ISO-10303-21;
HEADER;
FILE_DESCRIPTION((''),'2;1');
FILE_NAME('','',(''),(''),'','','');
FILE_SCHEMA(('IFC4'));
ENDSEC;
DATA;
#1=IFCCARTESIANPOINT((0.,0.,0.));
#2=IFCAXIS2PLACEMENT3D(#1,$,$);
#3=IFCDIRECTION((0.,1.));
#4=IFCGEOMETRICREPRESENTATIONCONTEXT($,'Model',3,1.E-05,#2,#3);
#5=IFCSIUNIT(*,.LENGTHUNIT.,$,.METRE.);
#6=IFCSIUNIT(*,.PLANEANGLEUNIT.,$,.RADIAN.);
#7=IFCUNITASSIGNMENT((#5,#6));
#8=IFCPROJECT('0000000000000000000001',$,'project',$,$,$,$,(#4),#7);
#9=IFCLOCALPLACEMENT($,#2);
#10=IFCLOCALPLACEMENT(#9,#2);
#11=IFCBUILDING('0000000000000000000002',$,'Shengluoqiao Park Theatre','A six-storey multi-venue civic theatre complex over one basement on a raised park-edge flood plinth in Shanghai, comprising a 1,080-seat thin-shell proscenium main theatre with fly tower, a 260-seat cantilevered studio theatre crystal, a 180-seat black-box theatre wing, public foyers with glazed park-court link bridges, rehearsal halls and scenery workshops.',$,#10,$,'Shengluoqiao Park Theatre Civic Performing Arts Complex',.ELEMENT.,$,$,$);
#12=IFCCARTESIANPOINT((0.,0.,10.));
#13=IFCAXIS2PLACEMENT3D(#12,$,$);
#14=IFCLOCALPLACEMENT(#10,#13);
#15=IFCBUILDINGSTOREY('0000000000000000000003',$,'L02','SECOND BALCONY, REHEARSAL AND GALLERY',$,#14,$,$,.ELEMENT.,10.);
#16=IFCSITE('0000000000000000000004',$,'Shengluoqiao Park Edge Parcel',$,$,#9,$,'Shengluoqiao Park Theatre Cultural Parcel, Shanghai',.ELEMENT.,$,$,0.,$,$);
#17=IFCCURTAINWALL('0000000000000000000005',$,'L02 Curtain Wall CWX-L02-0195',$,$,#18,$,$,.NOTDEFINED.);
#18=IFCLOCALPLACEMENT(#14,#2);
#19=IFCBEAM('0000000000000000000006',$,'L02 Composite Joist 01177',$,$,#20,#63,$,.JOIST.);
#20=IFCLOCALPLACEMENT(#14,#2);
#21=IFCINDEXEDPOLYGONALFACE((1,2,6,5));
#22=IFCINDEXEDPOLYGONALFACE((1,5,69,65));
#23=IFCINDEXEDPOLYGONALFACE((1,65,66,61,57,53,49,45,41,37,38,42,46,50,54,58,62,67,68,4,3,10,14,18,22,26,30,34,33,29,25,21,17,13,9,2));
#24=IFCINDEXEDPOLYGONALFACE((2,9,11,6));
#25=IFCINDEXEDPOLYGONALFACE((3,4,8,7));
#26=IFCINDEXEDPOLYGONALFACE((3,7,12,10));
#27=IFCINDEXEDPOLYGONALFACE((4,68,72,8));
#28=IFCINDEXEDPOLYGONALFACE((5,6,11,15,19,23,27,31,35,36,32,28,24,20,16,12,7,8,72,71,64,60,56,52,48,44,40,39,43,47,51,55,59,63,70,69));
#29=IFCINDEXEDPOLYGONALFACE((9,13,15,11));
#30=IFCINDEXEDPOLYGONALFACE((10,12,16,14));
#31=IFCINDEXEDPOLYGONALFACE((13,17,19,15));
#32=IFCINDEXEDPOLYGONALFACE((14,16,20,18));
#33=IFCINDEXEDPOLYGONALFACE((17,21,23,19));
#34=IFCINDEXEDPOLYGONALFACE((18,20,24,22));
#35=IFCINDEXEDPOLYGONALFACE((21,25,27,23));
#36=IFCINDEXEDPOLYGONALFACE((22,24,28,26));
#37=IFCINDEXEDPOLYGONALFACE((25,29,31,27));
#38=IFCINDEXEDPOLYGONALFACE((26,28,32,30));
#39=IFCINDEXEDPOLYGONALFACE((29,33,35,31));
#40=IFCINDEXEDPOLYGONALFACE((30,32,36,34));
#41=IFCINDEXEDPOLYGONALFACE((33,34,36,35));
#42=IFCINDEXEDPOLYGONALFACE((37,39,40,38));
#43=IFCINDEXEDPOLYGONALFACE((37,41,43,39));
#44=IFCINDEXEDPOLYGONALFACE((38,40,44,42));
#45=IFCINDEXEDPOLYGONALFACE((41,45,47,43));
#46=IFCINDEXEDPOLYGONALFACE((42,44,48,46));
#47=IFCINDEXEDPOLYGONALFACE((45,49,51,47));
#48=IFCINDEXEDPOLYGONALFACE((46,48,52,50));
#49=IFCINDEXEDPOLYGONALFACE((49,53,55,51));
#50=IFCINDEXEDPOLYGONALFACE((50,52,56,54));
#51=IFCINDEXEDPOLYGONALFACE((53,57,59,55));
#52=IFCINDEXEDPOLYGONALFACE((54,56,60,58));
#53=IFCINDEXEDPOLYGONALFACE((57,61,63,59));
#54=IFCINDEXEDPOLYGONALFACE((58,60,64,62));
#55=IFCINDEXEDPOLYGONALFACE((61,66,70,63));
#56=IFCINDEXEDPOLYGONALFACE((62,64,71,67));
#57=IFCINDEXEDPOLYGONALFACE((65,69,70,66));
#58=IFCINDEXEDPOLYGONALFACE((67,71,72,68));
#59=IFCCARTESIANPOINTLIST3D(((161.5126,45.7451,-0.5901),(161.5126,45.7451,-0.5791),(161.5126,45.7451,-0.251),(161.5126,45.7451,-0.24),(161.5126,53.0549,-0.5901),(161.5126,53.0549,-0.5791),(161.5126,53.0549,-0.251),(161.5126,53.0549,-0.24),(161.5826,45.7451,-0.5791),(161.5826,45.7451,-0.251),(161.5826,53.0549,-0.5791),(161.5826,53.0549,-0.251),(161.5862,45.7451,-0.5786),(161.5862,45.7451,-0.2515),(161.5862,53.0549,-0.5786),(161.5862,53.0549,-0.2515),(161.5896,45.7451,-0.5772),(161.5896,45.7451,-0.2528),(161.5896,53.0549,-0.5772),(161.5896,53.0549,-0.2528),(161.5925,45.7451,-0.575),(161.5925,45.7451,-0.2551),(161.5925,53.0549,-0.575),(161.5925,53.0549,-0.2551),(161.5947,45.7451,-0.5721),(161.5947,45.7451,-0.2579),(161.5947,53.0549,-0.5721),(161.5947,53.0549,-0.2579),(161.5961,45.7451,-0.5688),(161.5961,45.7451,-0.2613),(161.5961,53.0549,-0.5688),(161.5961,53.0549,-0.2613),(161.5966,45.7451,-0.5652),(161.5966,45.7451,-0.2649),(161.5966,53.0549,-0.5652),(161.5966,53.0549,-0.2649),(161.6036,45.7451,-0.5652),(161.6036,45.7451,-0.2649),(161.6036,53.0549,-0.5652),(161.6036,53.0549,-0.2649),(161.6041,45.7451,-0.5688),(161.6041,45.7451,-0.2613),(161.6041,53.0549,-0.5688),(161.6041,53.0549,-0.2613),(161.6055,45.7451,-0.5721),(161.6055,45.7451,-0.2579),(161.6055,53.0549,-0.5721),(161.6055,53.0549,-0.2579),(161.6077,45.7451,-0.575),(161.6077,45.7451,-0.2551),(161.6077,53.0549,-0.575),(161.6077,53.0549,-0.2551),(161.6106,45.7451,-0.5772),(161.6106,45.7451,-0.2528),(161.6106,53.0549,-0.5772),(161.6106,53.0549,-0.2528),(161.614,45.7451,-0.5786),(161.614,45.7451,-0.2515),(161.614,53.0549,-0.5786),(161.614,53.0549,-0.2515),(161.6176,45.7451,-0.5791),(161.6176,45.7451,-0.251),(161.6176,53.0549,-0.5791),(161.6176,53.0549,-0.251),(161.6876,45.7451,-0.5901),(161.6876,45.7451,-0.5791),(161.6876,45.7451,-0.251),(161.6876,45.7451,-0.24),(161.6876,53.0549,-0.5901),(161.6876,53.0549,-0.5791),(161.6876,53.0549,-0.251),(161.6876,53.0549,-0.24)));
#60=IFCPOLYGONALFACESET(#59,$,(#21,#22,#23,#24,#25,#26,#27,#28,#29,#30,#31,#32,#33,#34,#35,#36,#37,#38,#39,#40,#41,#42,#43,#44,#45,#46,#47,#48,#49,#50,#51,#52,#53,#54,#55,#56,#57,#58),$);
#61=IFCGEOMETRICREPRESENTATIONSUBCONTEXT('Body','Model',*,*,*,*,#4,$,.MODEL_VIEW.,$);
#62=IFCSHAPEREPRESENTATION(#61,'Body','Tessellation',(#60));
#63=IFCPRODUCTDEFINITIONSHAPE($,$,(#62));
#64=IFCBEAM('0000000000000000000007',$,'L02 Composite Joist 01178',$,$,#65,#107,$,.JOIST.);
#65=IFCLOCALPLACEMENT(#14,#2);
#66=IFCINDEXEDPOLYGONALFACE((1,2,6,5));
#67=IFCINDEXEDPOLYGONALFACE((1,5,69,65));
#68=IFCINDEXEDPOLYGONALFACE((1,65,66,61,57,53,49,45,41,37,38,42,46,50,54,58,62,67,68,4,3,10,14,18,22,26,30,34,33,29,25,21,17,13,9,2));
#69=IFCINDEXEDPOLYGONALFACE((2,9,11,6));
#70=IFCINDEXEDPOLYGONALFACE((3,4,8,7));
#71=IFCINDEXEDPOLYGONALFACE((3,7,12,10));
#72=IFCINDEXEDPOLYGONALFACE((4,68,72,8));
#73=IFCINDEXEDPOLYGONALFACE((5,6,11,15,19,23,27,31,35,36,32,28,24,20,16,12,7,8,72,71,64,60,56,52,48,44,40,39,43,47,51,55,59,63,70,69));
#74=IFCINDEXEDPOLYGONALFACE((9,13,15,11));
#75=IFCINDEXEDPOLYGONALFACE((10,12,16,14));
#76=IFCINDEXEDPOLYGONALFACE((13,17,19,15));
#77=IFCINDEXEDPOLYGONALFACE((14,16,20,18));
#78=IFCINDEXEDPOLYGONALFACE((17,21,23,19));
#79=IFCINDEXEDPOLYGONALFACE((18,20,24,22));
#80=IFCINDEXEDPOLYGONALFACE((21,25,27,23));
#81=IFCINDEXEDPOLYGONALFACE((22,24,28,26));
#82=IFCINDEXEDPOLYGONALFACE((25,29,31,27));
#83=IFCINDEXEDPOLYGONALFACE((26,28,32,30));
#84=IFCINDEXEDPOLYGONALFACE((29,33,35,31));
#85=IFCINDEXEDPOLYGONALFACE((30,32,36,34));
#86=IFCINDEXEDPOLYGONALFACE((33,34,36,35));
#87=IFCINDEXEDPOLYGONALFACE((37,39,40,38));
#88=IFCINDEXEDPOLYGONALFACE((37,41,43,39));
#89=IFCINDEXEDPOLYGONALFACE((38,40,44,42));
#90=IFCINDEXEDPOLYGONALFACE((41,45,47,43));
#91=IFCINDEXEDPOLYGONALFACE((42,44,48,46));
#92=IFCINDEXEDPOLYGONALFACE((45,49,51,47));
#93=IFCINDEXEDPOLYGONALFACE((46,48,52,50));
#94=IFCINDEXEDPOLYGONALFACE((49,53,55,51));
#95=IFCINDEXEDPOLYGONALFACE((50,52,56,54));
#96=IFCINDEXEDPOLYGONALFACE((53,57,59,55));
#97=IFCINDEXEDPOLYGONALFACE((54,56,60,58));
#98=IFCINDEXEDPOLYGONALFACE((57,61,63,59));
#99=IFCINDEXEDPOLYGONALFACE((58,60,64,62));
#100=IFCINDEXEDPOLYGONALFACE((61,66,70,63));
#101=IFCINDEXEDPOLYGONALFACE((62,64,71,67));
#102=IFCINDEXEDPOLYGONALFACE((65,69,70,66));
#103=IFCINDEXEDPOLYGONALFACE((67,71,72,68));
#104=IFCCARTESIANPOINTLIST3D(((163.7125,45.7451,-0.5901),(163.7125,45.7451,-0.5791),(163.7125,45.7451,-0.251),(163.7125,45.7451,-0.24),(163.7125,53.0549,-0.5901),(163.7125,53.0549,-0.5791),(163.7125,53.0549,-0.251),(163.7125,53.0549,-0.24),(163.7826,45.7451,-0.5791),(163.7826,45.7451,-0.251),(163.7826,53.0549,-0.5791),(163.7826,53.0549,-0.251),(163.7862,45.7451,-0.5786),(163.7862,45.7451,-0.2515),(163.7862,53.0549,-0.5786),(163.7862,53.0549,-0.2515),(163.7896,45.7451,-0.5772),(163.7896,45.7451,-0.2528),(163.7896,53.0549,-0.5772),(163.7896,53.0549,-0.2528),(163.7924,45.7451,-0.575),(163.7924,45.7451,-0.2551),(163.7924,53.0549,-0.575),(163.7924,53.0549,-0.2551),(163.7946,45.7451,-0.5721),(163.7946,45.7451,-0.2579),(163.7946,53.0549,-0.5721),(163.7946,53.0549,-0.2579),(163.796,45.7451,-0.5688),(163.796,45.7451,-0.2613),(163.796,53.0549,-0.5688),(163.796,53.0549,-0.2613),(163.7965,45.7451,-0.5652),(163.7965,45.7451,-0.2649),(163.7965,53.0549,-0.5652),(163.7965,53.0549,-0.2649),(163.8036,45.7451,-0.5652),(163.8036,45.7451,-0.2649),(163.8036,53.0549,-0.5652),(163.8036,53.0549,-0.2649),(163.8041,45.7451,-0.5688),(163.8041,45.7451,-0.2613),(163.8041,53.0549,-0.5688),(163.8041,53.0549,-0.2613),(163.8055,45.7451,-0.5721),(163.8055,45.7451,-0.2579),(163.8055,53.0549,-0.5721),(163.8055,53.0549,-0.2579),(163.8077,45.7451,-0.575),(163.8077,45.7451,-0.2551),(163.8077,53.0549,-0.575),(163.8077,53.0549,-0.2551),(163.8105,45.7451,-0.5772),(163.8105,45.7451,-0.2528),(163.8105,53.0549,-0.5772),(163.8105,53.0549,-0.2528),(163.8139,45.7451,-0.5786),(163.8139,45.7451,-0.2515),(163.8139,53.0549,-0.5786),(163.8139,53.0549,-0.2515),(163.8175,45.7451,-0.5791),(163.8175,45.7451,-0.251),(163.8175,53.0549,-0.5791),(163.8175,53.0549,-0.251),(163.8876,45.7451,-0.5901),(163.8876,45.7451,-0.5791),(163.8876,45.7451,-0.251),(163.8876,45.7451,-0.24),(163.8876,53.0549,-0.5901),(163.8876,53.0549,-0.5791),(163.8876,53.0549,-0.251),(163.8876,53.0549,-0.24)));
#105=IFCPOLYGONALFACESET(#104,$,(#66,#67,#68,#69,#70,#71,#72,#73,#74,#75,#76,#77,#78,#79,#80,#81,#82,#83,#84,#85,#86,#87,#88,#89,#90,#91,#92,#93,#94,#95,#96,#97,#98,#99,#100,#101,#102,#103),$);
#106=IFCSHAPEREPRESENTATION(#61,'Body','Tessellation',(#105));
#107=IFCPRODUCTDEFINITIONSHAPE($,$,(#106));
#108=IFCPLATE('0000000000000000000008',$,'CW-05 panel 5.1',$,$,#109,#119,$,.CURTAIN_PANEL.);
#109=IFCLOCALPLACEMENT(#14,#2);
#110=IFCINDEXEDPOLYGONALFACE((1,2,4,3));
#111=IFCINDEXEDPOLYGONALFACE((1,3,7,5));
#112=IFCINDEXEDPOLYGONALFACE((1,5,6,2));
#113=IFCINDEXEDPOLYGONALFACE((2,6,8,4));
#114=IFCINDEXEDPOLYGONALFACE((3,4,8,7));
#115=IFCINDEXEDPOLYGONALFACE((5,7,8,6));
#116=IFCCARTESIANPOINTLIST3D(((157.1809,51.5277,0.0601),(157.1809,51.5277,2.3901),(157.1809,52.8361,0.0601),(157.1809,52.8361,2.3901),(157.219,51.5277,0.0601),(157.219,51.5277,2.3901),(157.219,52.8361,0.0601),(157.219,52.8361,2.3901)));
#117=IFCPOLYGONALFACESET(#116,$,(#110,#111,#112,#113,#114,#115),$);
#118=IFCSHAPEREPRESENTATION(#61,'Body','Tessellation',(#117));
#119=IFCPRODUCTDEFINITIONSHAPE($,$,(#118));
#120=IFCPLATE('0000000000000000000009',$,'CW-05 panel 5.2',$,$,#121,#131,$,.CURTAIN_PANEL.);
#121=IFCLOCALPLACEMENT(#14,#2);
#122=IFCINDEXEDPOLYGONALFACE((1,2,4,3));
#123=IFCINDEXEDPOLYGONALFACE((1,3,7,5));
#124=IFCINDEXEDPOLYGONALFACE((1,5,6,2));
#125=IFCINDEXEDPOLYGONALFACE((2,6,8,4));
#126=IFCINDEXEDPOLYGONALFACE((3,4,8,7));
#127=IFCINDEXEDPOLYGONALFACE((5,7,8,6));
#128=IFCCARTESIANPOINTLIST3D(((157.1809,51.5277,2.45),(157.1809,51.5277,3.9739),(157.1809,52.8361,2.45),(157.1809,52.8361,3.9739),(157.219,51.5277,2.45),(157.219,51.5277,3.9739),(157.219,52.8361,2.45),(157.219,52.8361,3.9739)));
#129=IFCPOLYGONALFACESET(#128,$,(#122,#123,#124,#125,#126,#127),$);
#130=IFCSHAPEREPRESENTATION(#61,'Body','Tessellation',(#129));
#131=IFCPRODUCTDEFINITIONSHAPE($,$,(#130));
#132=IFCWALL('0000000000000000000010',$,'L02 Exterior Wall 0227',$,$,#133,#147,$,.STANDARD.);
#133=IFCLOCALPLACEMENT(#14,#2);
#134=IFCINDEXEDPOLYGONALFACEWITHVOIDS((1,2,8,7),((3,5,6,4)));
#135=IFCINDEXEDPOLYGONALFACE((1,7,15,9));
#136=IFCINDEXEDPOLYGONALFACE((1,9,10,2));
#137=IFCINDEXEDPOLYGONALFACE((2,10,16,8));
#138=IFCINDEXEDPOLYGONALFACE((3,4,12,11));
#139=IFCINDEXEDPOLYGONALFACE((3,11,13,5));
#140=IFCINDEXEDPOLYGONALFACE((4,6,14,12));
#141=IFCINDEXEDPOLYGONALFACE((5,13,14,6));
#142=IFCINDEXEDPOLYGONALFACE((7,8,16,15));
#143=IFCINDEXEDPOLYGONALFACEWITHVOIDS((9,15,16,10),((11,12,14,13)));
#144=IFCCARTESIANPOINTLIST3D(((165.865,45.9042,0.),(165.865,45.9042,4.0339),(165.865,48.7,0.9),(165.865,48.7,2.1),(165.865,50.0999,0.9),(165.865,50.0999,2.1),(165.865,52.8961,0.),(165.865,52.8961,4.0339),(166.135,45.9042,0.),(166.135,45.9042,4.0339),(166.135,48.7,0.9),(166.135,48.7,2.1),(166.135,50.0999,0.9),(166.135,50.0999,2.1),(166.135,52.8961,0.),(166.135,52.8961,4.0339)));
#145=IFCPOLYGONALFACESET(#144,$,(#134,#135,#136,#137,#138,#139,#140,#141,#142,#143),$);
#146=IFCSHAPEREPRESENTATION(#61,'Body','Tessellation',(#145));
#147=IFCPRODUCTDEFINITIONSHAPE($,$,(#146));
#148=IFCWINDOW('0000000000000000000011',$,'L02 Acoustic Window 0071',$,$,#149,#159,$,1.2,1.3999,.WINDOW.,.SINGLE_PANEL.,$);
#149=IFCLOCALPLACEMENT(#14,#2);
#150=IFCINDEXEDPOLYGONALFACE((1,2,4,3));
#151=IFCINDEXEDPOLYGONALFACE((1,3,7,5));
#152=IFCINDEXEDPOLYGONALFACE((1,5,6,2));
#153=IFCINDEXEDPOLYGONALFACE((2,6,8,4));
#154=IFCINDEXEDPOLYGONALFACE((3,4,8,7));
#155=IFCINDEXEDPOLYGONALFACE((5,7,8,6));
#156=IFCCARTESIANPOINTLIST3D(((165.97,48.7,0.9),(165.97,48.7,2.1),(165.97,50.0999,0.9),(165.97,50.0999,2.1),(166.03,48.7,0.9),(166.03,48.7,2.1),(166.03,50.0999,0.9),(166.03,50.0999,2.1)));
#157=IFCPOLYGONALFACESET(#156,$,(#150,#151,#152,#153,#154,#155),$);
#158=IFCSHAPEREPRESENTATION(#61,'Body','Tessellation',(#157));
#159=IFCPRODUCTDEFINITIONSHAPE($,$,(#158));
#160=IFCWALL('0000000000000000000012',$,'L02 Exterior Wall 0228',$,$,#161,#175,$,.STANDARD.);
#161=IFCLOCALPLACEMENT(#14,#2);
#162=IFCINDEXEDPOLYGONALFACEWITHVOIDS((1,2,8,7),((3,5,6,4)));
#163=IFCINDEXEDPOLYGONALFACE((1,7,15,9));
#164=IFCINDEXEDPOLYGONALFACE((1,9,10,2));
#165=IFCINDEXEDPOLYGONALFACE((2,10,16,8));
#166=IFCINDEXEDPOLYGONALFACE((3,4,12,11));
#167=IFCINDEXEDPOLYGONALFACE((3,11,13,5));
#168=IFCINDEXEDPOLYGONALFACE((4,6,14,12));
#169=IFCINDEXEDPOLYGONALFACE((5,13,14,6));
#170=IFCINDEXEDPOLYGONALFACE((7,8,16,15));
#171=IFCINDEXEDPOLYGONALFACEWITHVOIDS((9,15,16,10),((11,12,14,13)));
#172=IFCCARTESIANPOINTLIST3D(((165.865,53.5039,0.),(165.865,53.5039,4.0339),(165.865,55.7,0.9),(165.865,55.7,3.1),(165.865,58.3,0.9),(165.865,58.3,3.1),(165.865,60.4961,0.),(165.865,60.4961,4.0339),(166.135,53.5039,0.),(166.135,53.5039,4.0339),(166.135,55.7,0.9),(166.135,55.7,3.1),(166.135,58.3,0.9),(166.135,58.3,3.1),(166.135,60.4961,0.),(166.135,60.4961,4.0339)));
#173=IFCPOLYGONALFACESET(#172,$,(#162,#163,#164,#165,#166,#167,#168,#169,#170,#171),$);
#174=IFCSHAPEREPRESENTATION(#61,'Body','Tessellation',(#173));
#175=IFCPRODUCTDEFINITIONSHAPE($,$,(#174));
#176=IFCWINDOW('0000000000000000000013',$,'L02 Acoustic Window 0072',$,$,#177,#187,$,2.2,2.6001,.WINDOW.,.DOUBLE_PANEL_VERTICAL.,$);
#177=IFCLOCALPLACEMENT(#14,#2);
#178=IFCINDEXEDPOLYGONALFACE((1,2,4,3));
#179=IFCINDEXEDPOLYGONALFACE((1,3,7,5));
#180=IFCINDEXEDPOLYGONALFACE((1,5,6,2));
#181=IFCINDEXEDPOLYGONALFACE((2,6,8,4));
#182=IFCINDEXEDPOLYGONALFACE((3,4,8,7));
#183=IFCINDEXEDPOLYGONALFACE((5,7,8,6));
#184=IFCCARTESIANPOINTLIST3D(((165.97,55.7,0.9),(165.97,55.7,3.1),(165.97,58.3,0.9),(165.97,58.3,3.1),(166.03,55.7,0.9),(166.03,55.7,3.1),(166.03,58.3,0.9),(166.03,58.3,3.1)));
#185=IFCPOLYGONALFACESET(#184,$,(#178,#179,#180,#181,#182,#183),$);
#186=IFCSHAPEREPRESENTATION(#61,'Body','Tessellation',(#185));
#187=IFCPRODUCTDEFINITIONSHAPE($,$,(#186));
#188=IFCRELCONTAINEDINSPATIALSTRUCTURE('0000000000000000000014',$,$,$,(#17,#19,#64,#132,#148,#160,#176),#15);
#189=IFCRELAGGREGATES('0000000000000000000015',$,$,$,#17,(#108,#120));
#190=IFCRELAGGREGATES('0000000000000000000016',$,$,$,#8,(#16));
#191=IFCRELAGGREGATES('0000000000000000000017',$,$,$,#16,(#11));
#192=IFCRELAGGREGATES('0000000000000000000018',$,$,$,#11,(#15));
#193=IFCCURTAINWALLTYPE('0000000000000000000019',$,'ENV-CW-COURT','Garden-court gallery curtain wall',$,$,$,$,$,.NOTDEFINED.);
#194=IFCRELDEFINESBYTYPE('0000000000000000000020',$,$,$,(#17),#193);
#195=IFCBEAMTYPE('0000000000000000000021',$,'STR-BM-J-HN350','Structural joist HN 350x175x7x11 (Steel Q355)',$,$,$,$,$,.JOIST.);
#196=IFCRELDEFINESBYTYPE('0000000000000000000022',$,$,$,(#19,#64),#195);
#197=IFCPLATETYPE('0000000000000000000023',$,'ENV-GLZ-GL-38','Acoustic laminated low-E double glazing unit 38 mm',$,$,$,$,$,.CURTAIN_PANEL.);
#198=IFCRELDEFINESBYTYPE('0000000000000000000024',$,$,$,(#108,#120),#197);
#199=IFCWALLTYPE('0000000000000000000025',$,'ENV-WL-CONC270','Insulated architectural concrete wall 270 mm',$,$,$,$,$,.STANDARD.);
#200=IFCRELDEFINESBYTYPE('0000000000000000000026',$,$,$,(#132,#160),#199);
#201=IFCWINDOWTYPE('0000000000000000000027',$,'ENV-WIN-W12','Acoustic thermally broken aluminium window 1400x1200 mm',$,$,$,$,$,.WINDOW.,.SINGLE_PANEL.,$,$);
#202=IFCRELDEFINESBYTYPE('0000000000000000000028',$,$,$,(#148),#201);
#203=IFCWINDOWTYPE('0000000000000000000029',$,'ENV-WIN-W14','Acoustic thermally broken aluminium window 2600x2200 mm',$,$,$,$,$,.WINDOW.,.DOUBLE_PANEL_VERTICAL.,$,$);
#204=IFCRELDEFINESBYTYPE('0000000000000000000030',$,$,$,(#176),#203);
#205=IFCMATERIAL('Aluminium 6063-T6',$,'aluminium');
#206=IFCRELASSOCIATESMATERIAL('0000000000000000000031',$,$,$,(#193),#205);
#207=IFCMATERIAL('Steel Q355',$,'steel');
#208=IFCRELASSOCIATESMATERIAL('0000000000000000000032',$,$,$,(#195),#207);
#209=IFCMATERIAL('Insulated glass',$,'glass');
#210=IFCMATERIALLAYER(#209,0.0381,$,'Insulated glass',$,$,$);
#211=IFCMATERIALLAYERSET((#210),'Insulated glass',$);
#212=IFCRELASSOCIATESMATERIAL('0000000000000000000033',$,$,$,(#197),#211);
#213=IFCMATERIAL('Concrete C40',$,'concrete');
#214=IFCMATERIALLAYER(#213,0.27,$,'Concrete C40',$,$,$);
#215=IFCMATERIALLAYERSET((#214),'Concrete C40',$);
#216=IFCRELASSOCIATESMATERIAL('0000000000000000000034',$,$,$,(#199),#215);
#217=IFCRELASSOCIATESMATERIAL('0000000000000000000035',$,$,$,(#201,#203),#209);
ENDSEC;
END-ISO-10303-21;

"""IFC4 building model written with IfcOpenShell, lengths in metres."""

from ifc_helpers import new_model, si_unit, direction, frame, frame_2d, origin, origin_2d, place, context, subcontext, project, spatial, rectangle, i_section, extrude, material, layer, layer_set, material_profile, profile_set, type_object, element, fill, aggregate, save


model = new_model("IFC4")

# Units and contexts
model_context = context("Model", 3, precision=1e-05, world=origin(), true_north=direction((0.0, 1.0)))
body_context = subcontext(model_context, "Body", "Model", "MODEL_VIEW")
ifc_project = project(units=[si_unit("LENGTHUNIT", "METRE"), si_unit("PLANEANGLEUNIT", "RADIAN")], contexts=[model_context])

# Site, building, storey
site_placement = place(None, origin())
site = spatial("IfcSite", under=ifc_project, at=site_placement, Name="Shengluoqiao Park Edge Parcel", LongName="Shengluoqiao Park Theatre Cultural Parcel, Shanghai", CompositionType="ELEMENT", RefElevation=0.0)
building_placement = place(site_placement, origin())
building = spatial("IfcBuilding", under=site, at=building_placement, Name="Shengluoqiao Park Theatre", Description="A six-storey multi-venue civic theatre complex over one basement on a raised park-edge flood plinth in Shanghai, comprising a 1,080-seat thin-shell proscenium main theatre with fly tower, a 260-seat cantilevered studio theatre crystal, a 180-seat black-box theatre wing, public foyers with glazed park-court link bridges, rehearsal halls and scenery workshops.", LongName="Shengluoqiao Park Theatre Civic Performing Arts Complex", CompositionType="ELEMENT")
storey_placement = place(building_placement, frame((0.0, 0.0, 10.0)))
storey = spatial("IfcBuildingStorey", under=building, at=storey_placement, Name="L02", Description="SECOND BALCONY, REHEARSAL AND GALLERY", CompositionType="ELEMENT", Elevation=10.0)

# Shared definitions
ifc_material_1 = material(Name="Concrete C40", Category="concrete")

# Curtain wall
ifc_material_2 = material(Name="Aluminium 6063-T6", Category="aluminium")
curtain_wall_type = type_object("IfcCurtainWallType", Name="ENV-CW-COURT", Description="Garden-court gallery curtain wall", PredefinedType="NOTDEFINED", material=ifc_material_2)
curtain_wall_1_placement = place(storey_placement, origin())
curtain_wall_1 = element("IfcCurtainWall", 1, at=curtain_wall_1_placement, inside=storey, type_object=curtain_wall_type, Name="L02 Curtain Wall CWX-L02-0195", PredefinedType="NOTDEFINED")

# Beams
ifc_material_3 = material(Name="Steel Q355", Category="steel")
ifc_material_profile_1 = material_profile(ifc_material_3, i_section(OverallWidth=0.175, OverallDepth=0.3501, WebThickness=0.0071, FlangeThickness=0.011, FilletRadius=0.0139, at=origin_2d()), Name="HN 350x175x7x11")
ifc_profile_set_1 = profile_set([ifc_material_profile_1], Name="Steel Q355")
beam_type_1 = type_object("IfcBeamType", Name="STR-BM-J-HN350", Description="Structural joist HN 350x175x7x11 (Steel Q355)", PredefinedType="JOIST", material=ifc_profile_set_1)
for number, where, z_axis, x_axis, name in (
    (2, (161.6001, 45.7451, -0.415), (0.0, 1.0, 0.0), (-1.0, 0.0, 0.0), "L02 Composite Joist 01177"),
    (3, (163.8, 45.7451, -0.415), (0.0, 1.0, 0.0), (-1.0, 0.0, 0.0), "L02 Composite Joist 01178"),
):
    element("IfcBeam", number, at=place(storey_placement, frame(where, z_axis=z_axis, x_axis=x_axis)), inside=storey, type_object=beam_type_1, Name=name, PredefinedType="JOIST", context=body_context, shape_type="SweptSolid", body=[
        extrude(i_section(OverallWidth=0.175, OverallDepth=0.3501, WebThickness=0.0071, FlangeThickness=0.011, FilletRadius=0.0139, at=origin_2d()), origin(), (0.0, 0.0, 1.0), 7.3098),
    ])

# Plates
ifc_material_4 = material(Name="Insulated glass", Category="glass")
ifc_layer_1 = layer(ifc_material_4, 0.0381, Name="Insulated glass")
ifc_layer_set_1 = layer_set([ifc_layer_1], Name="Insulated glass")
plate_type = type_object("IfcPlateType", Name="ENV-GLZ-GL-38", Description="Acoustic laminated low-E double glazing unit 38 mm", PredefinedType="CURTAIN_PANEL", material=ifc_layer_set_1)
plate_1_placement = place(storey_placement, frame((157.2, 52.1819, 0.0601), z_axis=(0.0, 0.0, 1.0), x_axis=(0.0, 1.0, 0.0)))
plate_1 = element("IfcPlate", 4, at=plate_1_placement, type_object=plate_type, Name="CW-05 panel 5.1", PredefinedType="CURTAIN_PANEL", context=body_context, shape_type="SweptSolid", body=[
    extrude(rectangle(XDim=1.3083, YDim=0.0381, at=origin_2d()), origin(), (0.0, 0.0, 1.0), 2.3301),
])
plate_2_placement = place(storey_placement, frame((157.2, 52.1819, 2.45), z_axis=(0.0, 0.0, 1.0), x_axis=(0.0, 1.0, 0.0)))
plate_2 = element("IfcPlate", 5, at=plate_2_placement, type_object=plate_type, Name="CW-05 panel 5.2", PredefinedType="CURTAIN_PANEL", context=body_context, shape_type="SweptSolid", body=[
    extrude(rectangle(XDim=1.3083, YDim=0.0381, at=origin_2d()), origin(), (0.0, 0.0, 1.0), 1.5239),
])
aggregate(curtain_wall_1, [plate_1, plate_2])

# Walls, openings, windows
ifc_layer_2 = layer(ifc_material_1, 0.27, Name="Concrete C40")
ifc_layer_set_2 = layer_set([ifc_layer_2], Name="Concrete C40")
wall_type_1 = type_object("IfcWallType", Name="ENV-WL-CONC270", Description="Insulated architectural concrete wall 270 mm", PredefinedType="STANDARD", material=ifc_layer_set_2)
wall_1_placement = place(storey_placement, frame((166.0, 45.9041, 0.0), z_axis=(0.0, 0.0, 1.0), x_axis=(0.0, 1.0, 0.0)))
wall_1 = element("IfcWall", 6, at=wall_1_placement, inside=storey, type_object=wall_type_1, Name="L02 Exterior Wall 0227", PredefinedType="STANDARD", context=body_context, shape_type="SweptSolid", body=[
    extrude(rectangle(XDim=6.9919, YDim=0.27, at=frame_2d((3.4961, 0.0))), origin(), (0.0, 0.0, 1.0), 4.0339),
])
opening_1_placement = place(wall_1_placement, frame((2.7959, 0.0, 0.8999)))
opening_1 = element("IfcOpeningElement", 7, at=opening_1_placement, cuts=wall_1, PredefinedType="OPENING", context=body_context, shape_type="SweptSolid", body=[
    extrude(rectangle(XDim=1.3999, YDim=1.2, at=frame_2d((0.7, 0.6001))), frame((0.0, 0.145, 0.0), z_axis=(0.0, -1.0, 0.0), x_axis=(1.0, 0.0, 0.0)), (0.0, 0.0, 1.0), 0.29),
])
window_type_1 = type_object("IfcWindowType", Name="ENV-WIN-W12", Description="Acoustic thermally broken aluminium window 1400x1200 mm", PartitioningType="SINGLE_PANEL", PredefinedType="WINDOW", material=ifc_material_4)
window_1_placement = place(opening_1_placement, origin())
window_1 = element("IfcWindow", 8, at=window_1_placement, inside=storey, type_object=window_type_1, Name="L02 Acoustic Window 0071", OverallHeight=1.2, OverallWidth=1.3999, PartitioningType="SINGLE_PANEL", PredefinedType="WINDOW", context=body_context, shape_type="SweptSolid", body=[
    extrude(rectangle(XDim=1.3999, YDim=1.2, at=frame_2d((0.7, 0.6001))), frame((0.0, 0.03, 0.0), z_axis=(0.0, -1.0, 0.0), x_axis=(1.0, 0.0, 0.0)), (0.0, 0.0, 1.0), 0.0601),
])
fill(opening_1, window_1)
wall_2_placement = place(storey_placement, frame((166.0, 53.5039, 0.0), z_axis=(0.0, 0.0, 1.0), x_axis=(0.0, 1.0, 0.0)))
wall_2 = element("IfcWall", 9, at=wall_2_placement, inside=storey, type_object=wall_type_1, Name="L02 Exterior Wall 0228", PredefinedType="STANDARD", context=body_context, shape_type="SweptSolid", body=[
    extrude(rectangle(XDim=6.9922, YDim=0.27, at=frame_2d((3.4961, 0.0))), origin(), (0.0, 0.0, 1.0), 4.0339),
])
opening_2_placement = place(wall_2_placement, frame((2.196, 0.0, 0.8999)))
opening_2 = element("IfcOpeningElement", 10, at=opening_2_placement, cuts=wall_2, PredefinedType="OPENING", context=body_context, shape_type="SweptSolid", body=[
    extrude(rectangle(XDim=2.6001, YDim=2.2, at=frame_2d((1.3, 1.1001))), frame((0.0, 0.145, 0.0), z_axis=(0.0, -1.0, 0.0), x_axis=(1.0, 0.0, 0.0)), (0.0, 0.0, 1.0), 0.29),
])
window_type_2 = type_object("IfcWindowType", Name="ENV-WIN-W14", Description="Acoustic thermally broken aluminium window 2600x2200 mm", PartitioningType="DOUBLE_PANEL_VERTICAL", PredefinedType="WINDOW", material=ifc_material_4)
window_2_placement = place(opening_2_placement, origin())
window_2 = element("IfcWindow", 11, at=window_2_placement, inside=storey, type_object=window_type_2, Name="L02 Acoustic Window 0072", OverallHeight=2.2, OverallWidth=2.6001, PartitioningType="DOUBLE_PANEL_VERTICAL", PredefinedType="WINDOW", context=body_context, shape_type="SweptSolid", body=[
    extrude(rectangle(XDim=2.6001, YDim=2.2, at=frame_2d((1.3, 1.1001))), frame((0.0, 0.03, 0.0), z_axis=(0.0, -1.0, 0.0), x_axis=(1.0, 0.0, 0.0)), (0.0, 0.0, 1.0), 0.0601),
])
fill(opening_2, window_2)

save(model, "model.ifc")
